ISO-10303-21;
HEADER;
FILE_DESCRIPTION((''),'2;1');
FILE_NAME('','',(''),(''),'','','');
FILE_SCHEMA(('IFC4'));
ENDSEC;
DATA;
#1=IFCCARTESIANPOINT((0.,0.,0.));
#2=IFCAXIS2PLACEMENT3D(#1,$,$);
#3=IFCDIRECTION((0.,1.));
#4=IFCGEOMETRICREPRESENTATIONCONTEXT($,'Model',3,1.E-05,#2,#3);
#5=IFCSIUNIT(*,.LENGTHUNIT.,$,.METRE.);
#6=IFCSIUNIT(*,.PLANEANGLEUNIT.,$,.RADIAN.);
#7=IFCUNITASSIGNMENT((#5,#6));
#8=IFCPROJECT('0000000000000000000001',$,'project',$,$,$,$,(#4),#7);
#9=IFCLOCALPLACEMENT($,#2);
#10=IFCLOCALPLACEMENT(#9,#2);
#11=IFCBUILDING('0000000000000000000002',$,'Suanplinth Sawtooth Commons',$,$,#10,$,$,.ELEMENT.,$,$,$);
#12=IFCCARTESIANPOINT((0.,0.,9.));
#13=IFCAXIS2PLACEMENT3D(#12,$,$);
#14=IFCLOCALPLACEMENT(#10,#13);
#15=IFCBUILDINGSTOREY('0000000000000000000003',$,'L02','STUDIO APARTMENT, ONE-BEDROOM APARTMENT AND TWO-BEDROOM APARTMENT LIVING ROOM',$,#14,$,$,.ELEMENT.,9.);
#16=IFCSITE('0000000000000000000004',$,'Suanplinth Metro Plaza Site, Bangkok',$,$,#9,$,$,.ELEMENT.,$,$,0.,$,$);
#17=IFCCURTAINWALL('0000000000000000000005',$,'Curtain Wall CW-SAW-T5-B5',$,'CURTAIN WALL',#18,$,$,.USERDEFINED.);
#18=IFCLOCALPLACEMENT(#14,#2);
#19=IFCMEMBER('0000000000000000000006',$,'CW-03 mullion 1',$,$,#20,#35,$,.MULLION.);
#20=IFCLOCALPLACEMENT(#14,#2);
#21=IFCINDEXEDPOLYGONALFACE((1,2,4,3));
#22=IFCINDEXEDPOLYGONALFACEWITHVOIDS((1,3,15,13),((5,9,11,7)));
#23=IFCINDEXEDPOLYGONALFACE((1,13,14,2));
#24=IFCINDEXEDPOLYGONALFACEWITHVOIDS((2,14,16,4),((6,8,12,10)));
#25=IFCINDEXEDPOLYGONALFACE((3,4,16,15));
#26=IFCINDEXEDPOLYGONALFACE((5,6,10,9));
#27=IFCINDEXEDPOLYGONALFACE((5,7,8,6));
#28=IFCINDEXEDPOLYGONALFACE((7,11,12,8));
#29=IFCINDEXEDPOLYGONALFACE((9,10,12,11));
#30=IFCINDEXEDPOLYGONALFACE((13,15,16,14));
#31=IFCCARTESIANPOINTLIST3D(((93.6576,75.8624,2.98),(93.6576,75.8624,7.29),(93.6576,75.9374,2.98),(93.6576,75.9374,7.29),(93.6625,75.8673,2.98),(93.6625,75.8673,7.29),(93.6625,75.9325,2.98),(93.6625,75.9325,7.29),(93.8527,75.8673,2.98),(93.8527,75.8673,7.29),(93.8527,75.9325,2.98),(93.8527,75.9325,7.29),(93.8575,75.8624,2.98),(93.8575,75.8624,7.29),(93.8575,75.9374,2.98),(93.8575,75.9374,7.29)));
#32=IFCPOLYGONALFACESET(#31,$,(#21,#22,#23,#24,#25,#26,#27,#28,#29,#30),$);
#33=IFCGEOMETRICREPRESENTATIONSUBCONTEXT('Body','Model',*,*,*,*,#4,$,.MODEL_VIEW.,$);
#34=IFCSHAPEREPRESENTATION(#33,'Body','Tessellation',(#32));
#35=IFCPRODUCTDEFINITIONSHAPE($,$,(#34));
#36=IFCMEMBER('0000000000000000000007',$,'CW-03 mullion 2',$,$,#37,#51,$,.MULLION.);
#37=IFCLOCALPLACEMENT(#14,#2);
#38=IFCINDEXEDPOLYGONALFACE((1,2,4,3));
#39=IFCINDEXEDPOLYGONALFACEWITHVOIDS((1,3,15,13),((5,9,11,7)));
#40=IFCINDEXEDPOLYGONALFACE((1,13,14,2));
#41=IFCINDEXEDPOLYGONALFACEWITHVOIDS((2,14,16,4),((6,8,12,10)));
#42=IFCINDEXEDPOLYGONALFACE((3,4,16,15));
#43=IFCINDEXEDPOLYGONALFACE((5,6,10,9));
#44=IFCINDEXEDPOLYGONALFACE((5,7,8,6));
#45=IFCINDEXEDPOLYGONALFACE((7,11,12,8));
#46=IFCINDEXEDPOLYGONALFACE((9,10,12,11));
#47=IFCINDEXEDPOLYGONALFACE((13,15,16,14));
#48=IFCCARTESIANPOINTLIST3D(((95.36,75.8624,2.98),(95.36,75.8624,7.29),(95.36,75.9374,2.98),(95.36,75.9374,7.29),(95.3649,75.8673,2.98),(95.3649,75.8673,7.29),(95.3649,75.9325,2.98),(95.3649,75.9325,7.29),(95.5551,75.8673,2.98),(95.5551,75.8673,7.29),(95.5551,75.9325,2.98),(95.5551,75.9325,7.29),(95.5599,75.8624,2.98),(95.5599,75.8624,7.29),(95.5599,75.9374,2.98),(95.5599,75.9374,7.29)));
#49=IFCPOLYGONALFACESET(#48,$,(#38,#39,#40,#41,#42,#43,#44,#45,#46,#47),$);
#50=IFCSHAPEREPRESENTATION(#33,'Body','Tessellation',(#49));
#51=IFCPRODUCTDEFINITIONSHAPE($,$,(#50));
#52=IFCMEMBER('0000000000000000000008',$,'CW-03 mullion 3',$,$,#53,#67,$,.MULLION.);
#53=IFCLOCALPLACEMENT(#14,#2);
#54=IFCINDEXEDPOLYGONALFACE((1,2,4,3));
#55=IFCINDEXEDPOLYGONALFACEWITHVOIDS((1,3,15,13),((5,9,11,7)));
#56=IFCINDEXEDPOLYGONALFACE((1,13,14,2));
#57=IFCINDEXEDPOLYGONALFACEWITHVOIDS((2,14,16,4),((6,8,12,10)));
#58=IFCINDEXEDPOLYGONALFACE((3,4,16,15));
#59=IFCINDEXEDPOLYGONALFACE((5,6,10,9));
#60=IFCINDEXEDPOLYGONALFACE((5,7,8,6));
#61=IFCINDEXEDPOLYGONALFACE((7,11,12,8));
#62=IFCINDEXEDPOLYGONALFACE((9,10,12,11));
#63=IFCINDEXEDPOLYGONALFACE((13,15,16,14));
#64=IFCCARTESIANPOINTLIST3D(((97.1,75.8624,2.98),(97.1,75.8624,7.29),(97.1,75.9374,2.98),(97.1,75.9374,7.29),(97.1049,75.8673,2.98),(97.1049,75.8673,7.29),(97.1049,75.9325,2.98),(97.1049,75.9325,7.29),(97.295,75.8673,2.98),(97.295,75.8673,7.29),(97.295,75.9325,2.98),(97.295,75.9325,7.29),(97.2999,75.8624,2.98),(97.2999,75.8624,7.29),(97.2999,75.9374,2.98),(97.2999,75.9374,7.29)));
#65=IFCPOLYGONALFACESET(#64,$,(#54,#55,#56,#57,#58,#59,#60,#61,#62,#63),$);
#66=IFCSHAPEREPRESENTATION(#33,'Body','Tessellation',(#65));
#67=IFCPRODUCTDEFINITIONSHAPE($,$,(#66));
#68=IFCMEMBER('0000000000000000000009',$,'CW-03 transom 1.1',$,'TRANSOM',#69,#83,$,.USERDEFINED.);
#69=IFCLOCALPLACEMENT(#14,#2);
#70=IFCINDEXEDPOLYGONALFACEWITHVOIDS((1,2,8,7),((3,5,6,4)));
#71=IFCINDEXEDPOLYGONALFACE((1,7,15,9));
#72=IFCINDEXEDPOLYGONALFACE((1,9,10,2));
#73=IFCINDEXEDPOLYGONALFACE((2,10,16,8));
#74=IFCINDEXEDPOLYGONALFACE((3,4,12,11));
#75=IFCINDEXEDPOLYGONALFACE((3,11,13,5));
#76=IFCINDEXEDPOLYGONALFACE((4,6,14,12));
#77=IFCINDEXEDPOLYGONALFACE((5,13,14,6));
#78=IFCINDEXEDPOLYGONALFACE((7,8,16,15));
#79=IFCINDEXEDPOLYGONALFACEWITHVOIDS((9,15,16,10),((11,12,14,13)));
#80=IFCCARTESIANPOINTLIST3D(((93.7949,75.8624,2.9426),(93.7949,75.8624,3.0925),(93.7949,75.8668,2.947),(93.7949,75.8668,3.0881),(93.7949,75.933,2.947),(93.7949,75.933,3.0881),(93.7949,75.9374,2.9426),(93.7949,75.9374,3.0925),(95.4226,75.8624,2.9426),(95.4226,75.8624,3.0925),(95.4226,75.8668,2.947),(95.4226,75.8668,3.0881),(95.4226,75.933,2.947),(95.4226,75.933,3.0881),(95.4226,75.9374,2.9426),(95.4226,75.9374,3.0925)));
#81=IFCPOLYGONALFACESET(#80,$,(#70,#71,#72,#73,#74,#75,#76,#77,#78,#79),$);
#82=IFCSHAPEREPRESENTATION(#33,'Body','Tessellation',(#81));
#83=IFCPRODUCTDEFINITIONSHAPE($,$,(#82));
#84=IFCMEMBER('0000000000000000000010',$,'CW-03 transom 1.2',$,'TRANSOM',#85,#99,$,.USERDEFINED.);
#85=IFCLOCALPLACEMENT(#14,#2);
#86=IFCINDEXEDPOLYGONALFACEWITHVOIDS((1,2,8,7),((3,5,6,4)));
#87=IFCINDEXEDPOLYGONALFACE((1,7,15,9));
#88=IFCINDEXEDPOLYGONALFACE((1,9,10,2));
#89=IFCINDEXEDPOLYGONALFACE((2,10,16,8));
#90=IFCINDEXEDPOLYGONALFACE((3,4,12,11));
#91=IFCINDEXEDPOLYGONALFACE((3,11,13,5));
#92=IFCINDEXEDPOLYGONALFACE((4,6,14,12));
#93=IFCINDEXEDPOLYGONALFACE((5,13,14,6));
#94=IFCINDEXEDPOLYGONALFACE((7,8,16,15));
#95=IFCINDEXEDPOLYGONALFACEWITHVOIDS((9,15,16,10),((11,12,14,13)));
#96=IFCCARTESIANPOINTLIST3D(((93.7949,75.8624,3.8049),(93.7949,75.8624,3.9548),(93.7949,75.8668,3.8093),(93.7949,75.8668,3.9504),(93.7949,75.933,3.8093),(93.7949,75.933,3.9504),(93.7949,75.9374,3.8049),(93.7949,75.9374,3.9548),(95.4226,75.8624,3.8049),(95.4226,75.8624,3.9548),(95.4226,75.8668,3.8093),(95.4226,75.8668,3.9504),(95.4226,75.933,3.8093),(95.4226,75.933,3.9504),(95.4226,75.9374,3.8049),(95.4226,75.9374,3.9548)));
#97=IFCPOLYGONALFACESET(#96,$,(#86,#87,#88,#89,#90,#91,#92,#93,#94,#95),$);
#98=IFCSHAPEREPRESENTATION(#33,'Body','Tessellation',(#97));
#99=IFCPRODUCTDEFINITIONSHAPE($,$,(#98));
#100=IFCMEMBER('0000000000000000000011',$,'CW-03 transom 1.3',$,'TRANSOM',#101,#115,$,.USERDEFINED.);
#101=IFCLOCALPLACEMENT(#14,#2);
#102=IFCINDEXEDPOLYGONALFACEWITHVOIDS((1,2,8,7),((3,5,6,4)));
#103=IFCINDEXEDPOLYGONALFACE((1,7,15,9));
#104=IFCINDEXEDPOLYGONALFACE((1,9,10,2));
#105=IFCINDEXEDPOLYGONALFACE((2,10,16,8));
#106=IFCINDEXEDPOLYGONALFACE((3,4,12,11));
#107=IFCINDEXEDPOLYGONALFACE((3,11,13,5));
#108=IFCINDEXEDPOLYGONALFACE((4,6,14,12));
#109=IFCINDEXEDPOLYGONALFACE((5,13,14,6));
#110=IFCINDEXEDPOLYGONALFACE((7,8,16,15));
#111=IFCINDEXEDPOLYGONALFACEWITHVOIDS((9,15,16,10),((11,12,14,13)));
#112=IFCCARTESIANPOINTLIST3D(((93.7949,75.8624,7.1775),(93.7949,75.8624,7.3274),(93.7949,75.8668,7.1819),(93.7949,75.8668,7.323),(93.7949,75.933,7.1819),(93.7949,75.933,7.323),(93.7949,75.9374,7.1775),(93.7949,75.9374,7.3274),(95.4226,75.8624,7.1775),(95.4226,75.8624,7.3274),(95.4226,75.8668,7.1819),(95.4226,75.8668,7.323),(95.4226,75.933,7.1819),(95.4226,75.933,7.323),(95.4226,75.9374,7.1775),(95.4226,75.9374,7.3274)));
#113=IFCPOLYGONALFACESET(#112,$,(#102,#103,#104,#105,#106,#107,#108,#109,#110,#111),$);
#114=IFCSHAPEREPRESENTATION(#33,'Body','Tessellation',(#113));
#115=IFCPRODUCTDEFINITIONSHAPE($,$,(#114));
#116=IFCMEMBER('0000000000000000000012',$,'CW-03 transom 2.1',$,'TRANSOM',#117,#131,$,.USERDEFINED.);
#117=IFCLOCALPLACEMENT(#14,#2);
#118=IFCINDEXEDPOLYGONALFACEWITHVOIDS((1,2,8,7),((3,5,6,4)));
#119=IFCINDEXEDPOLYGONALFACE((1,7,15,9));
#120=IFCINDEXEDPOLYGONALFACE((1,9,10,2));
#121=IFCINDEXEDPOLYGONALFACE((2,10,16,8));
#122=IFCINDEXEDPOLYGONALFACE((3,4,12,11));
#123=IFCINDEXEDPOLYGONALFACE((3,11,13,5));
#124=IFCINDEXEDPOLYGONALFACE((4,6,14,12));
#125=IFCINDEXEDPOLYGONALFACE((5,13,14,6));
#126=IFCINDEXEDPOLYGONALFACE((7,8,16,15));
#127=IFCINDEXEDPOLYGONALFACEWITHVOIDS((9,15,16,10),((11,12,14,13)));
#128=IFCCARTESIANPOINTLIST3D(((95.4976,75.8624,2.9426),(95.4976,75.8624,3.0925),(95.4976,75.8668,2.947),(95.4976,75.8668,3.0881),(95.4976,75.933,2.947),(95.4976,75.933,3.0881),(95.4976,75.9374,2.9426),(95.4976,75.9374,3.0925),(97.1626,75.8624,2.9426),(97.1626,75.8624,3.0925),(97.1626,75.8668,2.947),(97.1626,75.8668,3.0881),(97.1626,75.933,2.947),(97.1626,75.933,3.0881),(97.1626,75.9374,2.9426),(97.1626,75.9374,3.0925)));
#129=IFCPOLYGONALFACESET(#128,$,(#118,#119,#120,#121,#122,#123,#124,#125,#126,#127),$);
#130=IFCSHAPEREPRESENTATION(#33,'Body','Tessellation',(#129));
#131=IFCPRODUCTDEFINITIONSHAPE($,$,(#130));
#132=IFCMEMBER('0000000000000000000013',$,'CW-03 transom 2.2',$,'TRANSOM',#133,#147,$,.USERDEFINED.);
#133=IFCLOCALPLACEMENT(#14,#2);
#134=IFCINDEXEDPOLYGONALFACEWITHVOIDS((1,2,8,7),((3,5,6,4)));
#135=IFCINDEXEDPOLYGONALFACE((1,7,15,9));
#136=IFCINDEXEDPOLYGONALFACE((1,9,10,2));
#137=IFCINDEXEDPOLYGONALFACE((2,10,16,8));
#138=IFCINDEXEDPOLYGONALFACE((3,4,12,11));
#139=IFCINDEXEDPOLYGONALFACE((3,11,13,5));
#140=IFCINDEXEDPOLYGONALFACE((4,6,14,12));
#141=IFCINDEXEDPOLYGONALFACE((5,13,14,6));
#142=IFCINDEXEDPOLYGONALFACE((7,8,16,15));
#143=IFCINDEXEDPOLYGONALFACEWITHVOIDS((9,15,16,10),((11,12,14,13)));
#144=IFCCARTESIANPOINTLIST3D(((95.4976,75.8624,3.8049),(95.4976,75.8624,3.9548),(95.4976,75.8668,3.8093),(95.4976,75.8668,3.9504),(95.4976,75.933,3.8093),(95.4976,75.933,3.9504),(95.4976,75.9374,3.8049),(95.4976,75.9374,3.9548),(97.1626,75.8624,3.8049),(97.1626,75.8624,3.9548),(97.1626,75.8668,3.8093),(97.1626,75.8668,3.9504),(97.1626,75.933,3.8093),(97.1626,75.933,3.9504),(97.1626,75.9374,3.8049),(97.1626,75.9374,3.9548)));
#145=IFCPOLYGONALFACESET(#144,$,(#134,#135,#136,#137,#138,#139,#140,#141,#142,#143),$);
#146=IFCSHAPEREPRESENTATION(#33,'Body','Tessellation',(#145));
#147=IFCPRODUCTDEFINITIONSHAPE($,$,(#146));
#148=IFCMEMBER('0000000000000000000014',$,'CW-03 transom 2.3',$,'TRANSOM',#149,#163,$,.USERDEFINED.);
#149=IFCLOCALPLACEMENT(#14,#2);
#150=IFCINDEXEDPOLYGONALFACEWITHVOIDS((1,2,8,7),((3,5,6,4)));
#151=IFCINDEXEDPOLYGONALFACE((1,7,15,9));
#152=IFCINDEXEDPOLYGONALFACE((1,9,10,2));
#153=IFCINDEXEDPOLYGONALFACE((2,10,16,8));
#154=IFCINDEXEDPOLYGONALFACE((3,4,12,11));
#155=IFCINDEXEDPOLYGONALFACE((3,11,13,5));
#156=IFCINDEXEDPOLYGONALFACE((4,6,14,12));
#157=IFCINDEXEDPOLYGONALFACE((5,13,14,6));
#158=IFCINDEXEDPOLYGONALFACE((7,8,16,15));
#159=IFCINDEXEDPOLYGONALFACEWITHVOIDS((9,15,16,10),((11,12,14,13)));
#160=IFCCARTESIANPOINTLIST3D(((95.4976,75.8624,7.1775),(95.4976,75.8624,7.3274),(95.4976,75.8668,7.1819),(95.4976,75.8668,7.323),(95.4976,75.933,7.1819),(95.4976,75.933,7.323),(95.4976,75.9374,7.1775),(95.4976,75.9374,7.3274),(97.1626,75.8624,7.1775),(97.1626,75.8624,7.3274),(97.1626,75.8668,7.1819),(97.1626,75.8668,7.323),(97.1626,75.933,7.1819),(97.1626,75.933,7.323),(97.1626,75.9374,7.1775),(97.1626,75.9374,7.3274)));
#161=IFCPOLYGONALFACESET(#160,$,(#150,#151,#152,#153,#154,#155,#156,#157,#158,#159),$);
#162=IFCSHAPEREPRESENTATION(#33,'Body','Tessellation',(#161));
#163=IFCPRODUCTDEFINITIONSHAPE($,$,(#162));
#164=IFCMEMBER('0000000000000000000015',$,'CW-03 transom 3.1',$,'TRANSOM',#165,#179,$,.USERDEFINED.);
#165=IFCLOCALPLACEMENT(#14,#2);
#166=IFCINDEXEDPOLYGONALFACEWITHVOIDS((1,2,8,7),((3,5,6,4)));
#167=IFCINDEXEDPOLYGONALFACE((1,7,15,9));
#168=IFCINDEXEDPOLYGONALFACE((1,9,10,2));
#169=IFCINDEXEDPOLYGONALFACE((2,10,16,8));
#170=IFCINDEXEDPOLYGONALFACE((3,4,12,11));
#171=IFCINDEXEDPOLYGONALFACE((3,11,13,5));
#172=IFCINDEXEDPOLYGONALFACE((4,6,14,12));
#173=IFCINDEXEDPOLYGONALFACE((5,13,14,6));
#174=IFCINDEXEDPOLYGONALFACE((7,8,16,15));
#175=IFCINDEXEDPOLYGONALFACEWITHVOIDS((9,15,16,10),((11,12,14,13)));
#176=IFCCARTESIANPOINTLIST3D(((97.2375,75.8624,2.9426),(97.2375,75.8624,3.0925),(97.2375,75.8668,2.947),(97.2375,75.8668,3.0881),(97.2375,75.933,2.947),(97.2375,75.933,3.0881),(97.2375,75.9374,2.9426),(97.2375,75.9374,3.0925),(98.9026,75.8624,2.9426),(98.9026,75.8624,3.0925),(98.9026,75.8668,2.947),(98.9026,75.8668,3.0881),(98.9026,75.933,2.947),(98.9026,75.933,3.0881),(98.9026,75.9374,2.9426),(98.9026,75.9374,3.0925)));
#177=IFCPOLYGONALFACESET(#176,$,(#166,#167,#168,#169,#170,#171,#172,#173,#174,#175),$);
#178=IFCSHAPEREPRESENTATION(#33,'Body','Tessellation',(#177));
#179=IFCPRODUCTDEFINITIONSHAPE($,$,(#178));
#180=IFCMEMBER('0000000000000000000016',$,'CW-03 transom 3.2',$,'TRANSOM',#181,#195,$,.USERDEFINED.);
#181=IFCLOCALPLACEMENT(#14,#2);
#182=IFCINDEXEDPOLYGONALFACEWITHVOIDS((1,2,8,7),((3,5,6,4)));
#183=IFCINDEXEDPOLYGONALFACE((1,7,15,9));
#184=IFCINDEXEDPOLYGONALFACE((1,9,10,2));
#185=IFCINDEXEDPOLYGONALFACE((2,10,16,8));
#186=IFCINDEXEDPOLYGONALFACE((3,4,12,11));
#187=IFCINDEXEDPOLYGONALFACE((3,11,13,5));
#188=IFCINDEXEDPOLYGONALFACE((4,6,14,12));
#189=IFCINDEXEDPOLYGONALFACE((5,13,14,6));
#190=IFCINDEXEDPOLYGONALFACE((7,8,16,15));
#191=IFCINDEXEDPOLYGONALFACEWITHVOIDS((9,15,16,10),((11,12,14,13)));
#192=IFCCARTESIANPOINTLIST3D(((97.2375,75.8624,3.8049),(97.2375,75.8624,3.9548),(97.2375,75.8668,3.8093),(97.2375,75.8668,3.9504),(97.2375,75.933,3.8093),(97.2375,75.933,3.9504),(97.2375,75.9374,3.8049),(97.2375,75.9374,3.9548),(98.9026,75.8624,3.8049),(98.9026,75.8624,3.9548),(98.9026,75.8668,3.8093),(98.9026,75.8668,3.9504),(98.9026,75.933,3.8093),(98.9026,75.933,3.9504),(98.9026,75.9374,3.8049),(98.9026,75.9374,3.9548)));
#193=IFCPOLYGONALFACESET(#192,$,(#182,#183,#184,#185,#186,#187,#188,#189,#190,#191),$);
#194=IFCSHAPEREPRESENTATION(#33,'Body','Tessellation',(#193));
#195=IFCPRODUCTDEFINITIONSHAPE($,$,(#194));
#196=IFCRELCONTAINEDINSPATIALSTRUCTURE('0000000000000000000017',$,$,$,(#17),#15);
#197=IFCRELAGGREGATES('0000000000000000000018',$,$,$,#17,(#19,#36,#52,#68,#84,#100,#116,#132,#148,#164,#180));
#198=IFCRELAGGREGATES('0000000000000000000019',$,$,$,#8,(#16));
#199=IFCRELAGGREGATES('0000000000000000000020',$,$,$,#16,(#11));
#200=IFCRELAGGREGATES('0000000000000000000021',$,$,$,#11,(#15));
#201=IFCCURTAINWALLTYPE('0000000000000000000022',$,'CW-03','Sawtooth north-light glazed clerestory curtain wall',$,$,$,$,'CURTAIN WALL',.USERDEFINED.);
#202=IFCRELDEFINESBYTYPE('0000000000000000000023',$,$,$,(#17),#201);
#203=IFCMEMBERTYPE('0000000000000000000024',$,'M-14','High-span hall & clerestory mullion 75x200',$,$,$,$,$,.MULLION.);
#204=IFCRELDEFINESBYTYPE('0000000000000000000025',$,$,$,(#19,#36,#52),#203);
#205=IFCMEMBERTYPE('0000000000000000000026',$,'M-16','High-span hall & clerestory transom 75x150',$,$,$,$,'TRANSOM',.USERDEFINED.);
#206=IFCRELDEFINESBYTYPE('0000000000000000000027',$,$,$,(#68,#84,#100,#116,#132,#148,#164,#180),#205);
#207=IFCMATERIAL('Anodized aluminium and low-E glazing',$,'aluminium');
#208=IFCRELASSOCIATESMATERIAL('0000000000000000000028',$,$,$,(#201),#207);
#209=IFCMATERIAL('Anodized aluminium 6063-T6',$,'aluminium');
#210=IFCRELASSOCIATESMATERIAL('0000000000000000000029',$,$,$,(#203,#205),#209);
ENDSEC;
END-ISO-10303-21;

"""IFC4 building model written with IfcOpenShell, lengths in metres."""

from ifc_helpers import new_model, si_unit, direction, frame, origin, origin_2d, place, context, subcontext, project, spatial, hollow_rectangle, extrude, material, material_profile, profile_set, type_object, element, aggregate, save


model = new_model("IFC4")

# Units and contexts
model_context = context("Model", 3, precision=1e-05, world=origin(), true_north=direction((0.0, 1.0)))
body_context = subcontext(model_context, "Body", "Model", "MODEL_VIEW")
ifc_project = project(units=[si_unit("LENGTHUNIT", "METRE"), si_unit("PLANEANGLEUNIT", "RADIAN")], contexts=[model_context])

# Site, building, storey
site_placement = place(None, origin())
site = spatial("IfcSite", under=ifc_project, at=site_placement, Name="Suanplinth Metro Plaza Site, Bangkok", CompositionType="ELEMENT", RefElevation=0.0)
building_placement = place(site_placement, origin())
building = spatial("IfcBuilding", under=site, at=building_placement, Name="Suanplinth Sawtooth Commons", CompositionType="ELEMENT")
storey_placement = place(building_placement, frame((0.0, 0.0, 9.0)))
storey = spatial("IfcBuildingStorey", under=building, at=storey_placement, Name="L02", Description="STUDIO APARTMENT, ONE-BEDROOM APARTMENT AND TWO-BEDROOM APARTMENT LIVING ROOM", CompositionType="ELEMENT", Elevation=9.0)

# Shared definitions
ifc_material_1 = material(Name="Anodized aluminium and low-E glazing", Category="aluminium")
curtain_wall_type = type_object("IfcCurtainWallType", Name="CW-03", Description="Sawtooth north-light glazed clerestory curtain wall", ElementType="CURTAIN WALL", PredefinedType="USERDEFINED", material=ifc_material_1)
ifc_material_2 = material(Name="Anodized aluminium 6063-T6", Category="aluminium")
ifc_material_profile_1 = material_profile(ifc_material_2, hollow_rectangle(XDim=0.075, YDim=0.2, WallThickness=0.0049, at=origin_2d()), Name="ALU-MUL 75x200")
ifc_profile_set_1 = profile_set([ifc_material_profile_1], Name="Anodized aluminium 6063-T6")
member_type_1 = type_object("IfcMemberType", Name="M-14", Description="High-span hall & clerestory mullion 75x200", PredefinedType="MULLION", material=ifc_profile_set_1)

# Curtain wall, members
curtain_wall_1_placement = place(storey_placement, origin())
curtain_wall_1 = element("IfcCurtainWall", 1, at=curtain_wall_1_placement, inside=storey, type_object=curtain_wall_type, Name="Curtain Wall CW-SAW-T5-B5", ObjectType="CURTAIN WALL", PredefinedType="USERDEFINED")
member_1_placement = place(storey_placement, frame((93.7576, 75.8999, 2.98), z_axis=(0.0, 0.0, 1.0), x_axis=(0.0, 1.0, 0.0)))
member_1 = element("IfcMember", 2, at=member_1_placement, type_object=member_type_1, Name="CW-03 mullion 1", PredefinedType="MULLION", context=body_context, shape_type="SweptSolid", body=[
    extrude(hollow_rectangle(XDim=0.075, YDim=0.2, WallThickness=0.0049, at=origin_2d()), origin(), (0.0, 0.0, 1.0), 4.3101),
])
member_2_placement = place(storey_placement, frame((95.46, 75.8999, 2.98), z_axis=(0.0, 0.0, 1.0), x_axis=(0.0, 1.0, 0.0)))
member_2 = element("IfcMember", 3, at=member_2_placement, type_object=member_type_1, Name="CW-03 mullion 2", PredefinedType="MULLION", context=body_context, shape_type="SweptSolid", body=[
    extrude(hollow_rectangle(XDim=0.075, YDim=0.2, WallThickness=0.0049, at=origin_2d()), origin(), (0.0, 0.0, 1.0), 4.3101),
])
member_3_placement = place(storey_placement, frame((97.2, 75.8999, 2.98), z_axis=(0.0, 0.0, 1.0), x_axis=(0.0, 1.0, 0.0)))
member_3 = element("IfcMember", 4, at=member_3_placement, type_object=member_type_1, Name="CW-03 mullion 3", PredefinedType="MULLION", context=body_context, shape_type="SweptSolid", body=[
    extrude(hollow_rectangle(XDim=0.075, YDim=0.2, WallThickness=0.0049, at=origin_2d()), origin(), (0.0, 0.0, 1.0), 4.3101),
])
ifc_material_profile_2 = material_profile(ifc_material_2, hollow_rectangle(XDim=0.075, YDim=0.1499, WallThickness=0.0044, at=origin_2d()), Name="ALU-TRN 75x150")
ifc_profile_set_2 = profile_set([ifc_material_profile_2], Name="Anodized aluminium 6063-T6")
member_type_2 = type_object("IfcMemberType", Name="M-16", Description="High-span hall & clerestory transom 75x150", ElementType="TRANSOM", PredefinedType="USERDEFINED", material=ifc_profile_set_2)
member_4_placement = place(storey_placement, frame((93.7949, 75.8999, 3.0176), z_axis=(1.0, 0.0, 0.0), x_axis=(0.0, 1.0, 0.0)))
member_4 = element("IfcMember", 5, at=member_4_placement, type_object=member_type_2, Name="CW-03 transom 1.1", ObjectType="TRANSOM", PredefinedType="USERDEFINED", context=body_context, shape_type="SweptSolid", body=[
    extrude(hollow_rectangle(XDim=0.075, YDim=0.1499, WallThickness=0.0044, at=origin_2d()), origin(), (0.0, 0.0, 1.0), 1.6277),
])
member_5_placement = place(storey_placement, frame((93.7949, 75.8999, 3.8799), z_axis=(1.0, 0.0, 0.0), x_axis=(0.0, 1.0, 0.0)))
member_5 = element("IfcMember", 6, at=member_5_placement, type_object=member_type_2, Name="CW-03 transom 1.2", ObjectType="TRANSOM", PredefinedType="USERDEFINED", context=body_context, shape_type="SweptSolid", body=[
    extrude(hollow_rectangle(XDim=0.075, YDim=0.1499, WallThickness=0.0044, at=origin_2d()), origin(), (0.0, 0.0, 1.0), 1.6277),
])
member_6_placement = place(storey_placement, frame((93.7949, 75.8999, 7.2524), z_axis=(1.0, 0.0, 0.0), x_axis=(0.0, 1.0, 0.0)))
member_6 = element("IfcMember", 7, at=member_6_placement, type_object=member_type_2, Name="CW-03 transom 1.3", ObjectType="TRANSOM", PredefinedType="USERDEFINED", context=body_context, shape_type="SweptSolid", body=[
    extrude(hollow_rectangle(XDim=0.075, YDim=0.1499, WallThickness=0.0044, at=origin_2d()), origin(), (0.0, 0.0, 1.0), 1.6277),
])
member_7_placement = place(storey_placement, frame((95.4976, 75.8999, 3.0176), z_axis=(1.0, 0.0, 0.0), x_axis=(0.0, 1.0, 0.0)))
member_7 = element("IfcMember", 8, at=member_7_placement, type_object=member_type_2, Name="CW-03 transom 2.1", ObjectType="TRANSOM", PredefinedType="USERDEFINED", context=body_context, shape_type="SweptSolid", body=[
    extrude(hollow_rectangle(XDim=0.075, YDim=0.1499, WallThickness=0.0044, at=origin_2d()), origin(), (0.0, 0.0, 1.0), 1.665),
])
member_8_placement = place(storey_placement, frame((95.4976, 75.8999, 3.8799), z_axis=(1.0, 0.0, 0.0), x_axis=(0.0, 1.0, 0.0)))
member_8 = element("IfcMember", 9, at=member_8_placement, type_object=member_type_2, Name="CW-03 transom 2.2", ObjectType="TRANSOM", PredefinedType="USERDEFINED", context=body_context, shape_type="SweptSolid", body=[
    extrude(hollow_rectangle(XDim=0.075, YDim=0.1499, WallThickness=0.0044, at=origin_2d()), origin(), (0.0, 0.0, 1.0), 1.665),
])
member_9_placement = place(storey_placement, frame((95.4976, 75.8999, 7.2524), z_axis=(1.0, 0.0, 0.0), x_axis=(0.0, 1.0, 0.0)))
member_9 = element("IfcMember", 10, at=member_9_placement, type_object=member_type_2, Name="CW-03 transom 2.3", ObjectType="TRANSOM", PredefinedType="USERDEFINED", context=body_context, shape_type="SweptSolid", body=[
    extrude(hollow_rectangle(XDim=0.075, YDim=0.1499, WallThickness=0.0044, at=origin_2d()), origin(), (0.0, 0.0, 1.0), 1.665),
])
member_10_placement = place(storey_placement, frame((97.2375, 75.8999, 3.0176), z_axis=(1.0, 0.0, 0.0), x_axis=(0.0, 1.0, 0.0)))
member_10 = element("IfcMember", 11, at=member_10_placement, type_object=member_type_2, Name="CW-03 transom 3.1", ObjectType="TRANSOM", PredefinedType="USERDEFINED", context=body_context, shape_type="SweptSolid", body=[
    extrude(hollow_rectangle(XDim=0.075, YDim=0.1499, WallThickness=0.0044, at=origin_2d()), origin(), (0.0, 0.0, 1.0), 1.665),
])
member_11_placement = place(storey_placement, frame((97.2375, 75.8999, 3.8799), z_axis=(1.0, 0.0, 0.0), x_axis=(0.0, 1.0, 0.0)))
member_11 = element("IfcMember", 12, at=member_11_placement, type_object=member_type_2, Name="CW-03 transom 3.2", ObjectType="TRANSOM", PredefinedType="USERDEFINED", context=body_context, shape_type="SweptSolid", body=[
    extrude(hollow_rectangle(XDim=0.075, YDim=0.1499, WallThickness=0.0044, at=origin_2d()), origin(), (0.0, 0.0, 1.0), 1.665),
])

aggregate(curtain_wall_1, [member_1, member_2, member_3, member_4, member_5, member_6, member_7, member_8, member_9, member_10, member_11])

save(model, "model.ifc")
